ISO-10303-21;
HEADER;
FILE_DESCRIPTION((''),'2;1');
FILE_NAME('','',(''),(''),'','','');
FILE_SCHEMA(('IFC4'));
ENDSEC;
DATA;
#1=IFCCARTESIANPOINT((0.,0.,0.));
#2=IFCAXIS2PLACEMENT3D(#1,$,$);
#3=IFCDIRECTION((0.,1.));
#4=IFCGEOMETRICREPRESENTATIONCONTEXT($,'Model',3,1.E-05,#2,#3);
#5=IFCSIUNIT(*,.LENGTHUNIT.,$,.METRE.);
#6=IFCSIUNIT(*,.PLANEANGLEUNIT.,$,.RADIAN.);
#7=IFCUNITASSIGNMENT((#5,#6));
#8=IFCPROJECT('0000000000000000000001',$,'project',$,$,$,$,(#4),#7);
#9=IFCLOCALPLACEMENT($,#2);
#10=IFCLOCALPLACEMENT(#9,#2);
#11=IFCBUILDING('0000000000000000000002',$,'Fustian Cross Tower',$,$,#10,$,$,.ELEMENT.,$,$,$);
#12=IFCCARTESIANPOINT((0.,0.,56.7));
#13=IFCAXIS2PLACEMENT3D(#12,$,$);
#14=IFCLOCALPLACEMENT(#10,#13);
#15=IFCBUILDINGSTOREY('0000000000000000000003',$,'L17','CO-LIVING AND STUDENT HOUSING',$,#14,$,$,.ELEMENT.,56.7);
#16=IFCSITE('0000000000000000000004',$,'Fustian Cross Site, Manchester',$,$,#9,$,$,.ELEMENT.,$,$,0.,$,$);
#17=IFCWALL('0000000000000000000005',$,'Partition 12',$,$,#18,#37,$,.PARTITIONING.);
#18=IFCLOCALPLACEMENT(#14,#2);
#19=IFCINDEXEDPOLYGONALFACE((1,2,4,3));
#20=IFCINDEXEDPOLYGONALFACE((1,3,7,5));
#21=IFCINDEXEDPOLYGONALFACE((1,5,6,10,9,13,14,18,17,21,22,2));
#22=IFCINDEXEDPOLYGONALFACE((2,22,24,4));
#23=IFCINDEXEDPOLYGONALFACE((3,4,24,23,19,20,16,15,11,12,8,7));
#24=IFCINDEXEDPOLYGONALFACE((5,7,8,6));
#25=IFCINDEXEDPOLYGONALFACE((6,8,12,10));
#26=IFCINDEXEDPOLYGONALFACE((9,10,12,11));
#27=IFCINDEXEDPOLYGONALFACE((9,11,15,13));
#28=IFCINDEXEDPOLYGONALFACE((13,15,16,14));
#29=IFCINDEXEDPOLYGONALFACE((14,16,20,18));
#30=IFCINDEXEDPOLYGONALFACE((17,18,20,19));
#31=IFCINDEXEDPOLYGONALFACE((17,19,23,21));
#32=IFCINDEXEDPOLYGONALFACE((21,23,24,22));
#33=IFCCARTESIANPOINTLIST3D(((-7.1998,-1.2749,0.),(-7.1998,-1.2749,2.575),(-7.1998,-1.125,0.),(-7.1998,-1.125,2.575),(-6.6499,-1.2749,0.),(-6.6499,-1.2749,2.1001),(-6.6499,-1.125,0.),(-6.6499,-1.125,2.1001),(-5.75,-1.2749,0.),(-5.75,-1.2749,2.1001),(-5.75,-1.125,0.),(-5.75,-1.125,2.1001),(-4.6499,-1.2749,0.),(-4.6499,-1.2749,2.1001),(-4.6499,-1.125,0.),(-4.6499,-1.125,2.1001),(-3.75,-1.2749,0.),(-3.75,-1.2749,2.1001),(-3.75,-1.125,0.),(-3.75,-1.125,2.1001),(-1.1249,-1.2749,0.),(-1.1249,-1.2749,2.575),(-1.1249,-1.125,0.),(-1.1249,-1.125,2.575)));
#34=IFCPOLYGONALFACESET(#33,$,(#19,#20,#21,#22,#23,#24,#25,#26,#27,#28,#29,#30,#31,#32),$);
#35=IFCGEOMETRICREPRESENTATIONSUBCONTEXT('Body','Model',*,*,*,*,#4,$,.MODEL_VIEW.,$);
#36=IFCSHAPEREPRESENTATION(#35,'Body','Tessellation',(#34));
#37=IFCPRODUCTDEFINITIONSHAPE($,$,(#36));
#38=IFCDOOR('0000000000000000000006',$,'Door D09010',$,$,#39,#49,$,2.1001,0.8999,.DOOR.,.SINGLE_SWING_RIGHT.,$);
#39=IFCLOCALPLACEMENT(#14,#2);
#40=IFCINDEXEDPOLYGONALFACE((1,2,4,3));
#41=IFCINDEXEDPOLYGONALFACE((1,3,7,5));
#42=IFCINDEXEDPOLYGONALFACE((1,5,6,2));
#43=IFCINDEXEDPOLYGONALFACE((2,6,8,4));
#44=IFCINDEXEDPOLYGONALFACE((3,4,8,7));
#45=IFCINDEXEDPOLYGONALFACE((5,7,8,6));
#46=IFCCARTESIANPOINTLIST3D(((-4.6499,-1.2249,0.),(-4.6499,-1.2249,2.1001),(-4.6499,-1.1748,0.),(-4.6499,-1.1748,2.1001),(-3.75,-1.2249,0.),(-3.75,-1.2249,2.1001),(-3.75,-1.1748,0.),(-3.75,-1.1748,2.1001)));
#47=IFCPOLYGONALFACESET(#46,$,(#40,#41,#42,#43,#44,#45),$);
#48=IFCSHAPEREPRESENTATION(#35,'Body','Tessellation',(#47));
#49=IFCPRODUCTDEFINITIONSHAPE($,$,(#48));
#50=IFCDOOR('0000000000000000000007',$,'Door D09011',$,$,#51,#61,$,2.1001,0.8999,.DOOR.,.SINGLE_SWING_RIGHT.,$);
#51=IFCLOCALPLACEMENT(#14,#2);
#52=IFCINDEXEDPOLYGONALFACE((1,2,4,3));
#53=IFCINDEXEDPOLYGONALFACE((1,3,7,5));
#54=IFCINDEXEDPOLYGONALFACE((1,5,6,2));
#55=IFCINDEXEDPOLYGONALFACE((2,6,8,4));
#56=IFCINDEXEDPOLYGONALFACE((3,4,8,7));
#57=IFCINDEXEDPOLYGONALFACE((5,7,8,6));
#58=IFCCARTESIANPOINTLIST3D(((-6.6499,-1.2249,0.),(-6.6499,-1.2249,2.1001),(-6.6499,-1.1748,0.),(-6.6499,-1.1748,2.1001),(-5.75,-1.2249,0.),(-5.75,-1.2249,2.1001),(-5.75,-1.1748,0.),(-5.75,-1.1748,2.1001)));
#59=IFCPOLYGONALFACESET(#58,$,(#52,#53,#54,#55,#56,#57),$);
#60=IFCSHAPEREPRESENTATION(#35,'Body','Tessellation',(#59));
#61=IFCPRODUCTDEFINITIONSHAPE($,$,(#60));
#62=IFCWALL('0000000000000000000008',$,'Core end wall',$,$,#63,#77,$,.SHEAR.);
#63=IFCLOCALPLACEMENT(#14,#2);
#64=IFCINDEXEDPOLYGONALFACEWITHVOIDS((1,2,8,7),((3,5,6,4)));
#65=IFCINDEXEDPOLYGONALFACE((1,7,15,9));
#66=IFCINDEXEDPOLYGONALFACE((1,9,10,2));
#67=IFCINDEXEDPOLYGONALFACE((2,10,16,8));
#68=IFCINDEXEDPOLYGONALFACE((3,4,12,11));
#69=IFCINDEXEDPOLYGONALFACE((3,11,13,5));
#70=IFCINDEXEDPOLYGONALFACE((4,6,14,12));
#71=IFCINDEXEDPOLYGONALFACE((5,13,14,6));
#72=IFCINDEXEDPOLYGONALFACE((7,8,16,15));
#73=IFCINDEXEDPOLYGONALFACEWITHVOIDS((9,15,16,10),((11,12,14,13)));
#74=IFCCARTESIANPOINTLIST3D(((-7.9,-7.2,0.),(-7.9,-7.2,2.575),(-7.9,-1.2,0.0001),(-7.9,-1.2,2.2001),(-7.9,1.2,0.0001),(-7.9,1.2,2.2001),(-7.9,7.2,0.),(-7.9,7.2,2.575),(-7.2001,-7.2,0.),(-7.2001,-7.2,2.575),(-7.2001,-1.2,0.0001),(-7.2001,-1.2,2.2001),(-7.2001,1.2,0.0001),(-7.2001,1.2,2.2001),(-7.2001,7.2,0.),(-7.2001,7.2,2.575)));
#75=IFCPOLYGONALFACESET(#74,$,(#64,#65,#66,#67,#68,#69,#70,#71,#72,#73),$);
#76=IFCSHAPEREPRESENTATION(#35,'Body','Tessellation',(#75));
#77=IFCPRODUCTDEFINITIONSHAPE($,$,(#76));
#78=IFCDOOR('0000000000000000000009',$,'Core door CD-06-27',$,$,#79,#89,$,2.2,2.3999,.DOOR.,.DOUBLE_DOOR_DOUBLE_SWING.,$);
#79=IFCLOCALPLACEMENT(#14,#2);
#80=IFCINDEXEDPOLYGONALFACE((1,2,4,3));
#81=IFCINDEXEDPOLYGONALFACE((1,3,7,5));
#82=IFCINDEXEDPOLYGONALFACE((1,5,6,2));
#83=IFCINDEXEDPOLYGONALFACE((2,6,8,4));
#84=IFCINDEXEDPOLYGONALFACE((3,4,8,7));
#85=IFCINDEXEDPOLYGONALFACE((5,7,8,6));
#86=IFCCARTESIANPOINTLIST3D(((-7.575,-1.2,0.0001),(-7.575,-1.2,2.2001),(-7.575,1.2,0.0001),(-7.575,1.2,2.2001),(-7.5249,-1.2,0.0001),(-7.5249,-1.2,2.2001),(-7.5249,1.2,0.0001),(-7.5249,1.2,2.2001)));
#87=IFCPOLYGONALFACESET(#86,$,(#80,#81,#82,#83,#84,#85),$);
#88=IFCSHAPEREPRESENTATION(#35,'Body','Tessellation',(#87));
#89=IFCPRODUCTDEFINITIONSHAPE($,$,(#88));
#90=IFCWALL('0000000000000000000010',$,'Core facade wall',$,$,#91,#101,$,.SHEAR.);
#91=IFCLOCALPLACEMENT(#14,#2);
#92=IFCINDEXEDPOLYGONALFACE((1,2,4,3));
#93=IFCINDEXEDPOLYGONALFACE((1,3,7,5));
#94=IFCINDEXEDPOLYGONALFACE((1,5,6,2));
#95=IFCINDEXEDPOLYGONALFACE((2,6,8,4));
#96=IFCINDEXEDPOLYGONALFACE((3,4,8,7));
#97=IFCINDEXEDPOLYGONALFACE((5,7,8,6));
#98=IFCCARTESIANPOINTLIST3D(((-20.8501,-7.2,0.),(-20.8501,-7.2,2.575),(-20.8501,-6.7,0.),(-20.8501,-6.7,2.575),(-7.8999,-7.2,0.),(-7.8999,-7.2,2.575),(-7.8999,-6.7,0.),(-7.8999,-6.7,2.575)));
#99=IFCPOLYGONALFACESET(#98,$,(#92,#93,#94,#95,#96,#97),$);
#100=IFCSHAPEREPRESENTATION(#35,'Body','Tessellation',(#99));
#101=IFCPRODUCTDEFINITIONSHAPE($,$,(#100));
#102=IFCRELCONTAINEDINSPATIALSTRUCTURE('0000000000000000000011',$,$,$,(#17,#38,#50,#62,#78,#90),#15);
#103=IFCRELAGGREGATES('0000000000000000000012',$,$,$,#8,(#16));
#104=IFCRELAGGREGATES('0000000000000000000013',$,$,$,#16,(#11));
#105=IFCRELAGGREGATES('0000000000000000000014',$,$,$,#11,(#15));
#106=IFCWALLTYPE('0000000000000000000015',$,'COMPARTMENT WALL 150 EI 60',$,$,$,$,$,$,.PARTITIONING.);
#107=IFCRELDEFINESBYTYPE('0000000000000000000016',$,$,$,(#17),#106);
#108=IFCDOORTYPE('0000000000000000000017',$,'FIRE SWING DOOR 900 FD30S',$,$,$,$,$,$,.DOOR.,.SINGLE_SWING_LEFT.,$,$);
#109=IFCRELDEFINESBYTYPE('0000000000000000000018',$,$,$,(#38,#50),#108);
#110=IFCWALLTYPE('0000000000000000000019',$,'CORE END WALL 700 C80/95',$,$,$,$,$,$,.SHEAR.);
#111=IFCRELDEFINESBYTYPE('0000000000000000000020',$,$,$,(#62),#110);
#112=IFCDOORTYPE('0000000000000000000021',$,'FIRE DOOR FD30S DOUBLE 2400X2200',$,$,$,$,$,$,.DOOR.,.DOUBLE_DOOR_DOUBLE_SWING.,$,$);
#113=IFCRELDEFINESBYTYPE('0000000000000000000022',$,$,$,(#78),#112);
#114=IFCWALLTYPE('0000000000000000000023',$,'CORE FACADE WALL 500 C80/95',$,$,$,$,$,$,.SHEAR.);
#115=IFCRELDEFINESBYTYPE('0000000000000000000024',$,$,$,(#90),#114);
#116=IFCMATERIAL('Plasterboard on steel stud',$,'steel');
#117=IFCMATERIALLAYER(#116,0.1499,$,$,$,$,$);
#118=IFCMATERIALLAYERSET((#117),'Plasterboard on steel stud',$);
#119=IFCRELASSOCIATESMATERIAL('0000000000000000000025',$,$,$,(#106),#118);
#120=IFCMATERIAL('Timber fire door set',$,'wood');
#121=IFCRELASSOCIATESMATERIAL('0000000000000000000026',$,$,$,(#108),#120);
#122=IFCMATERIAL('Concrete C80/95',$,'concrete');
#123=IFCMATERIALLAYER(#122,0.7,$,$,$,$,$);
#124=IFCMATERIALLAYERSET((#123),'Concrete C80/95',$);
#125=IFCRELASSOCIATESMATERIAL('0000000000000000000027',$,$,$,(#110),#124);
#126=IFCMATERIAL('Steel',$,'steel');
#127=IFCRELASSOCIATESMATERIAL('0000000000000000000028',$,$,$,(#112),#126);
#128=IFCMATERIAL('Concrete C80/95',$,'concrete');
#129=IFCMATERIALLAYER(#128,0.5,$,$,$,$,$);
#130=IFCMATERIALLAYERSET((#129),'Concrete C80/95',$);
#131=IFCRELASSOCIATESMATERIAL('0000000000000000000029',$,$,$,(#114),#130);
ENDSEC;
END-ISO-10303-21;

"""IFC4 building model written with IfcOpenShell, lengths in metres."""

from ifc_helpers import new_model, si_unit, direction, frame, frame_2d, origin, place, context, subcontext, project, spatial, rectangle, extrude, material, layer, layer_set, type_object, element, fill, save


model = new_model("IFC4")

# Units and contexts
model_context = context("Model", 3, precision=1e-05, world=origin(), true_north=direction((0.0, 1.0)))
body_context = subcontext(model_context, "Body", "Model", "MODEL_VIEW")
ifc_project = project(units=[si_unit("LENGTHUNIT", "METRE"), si_unit("PLANEANGLEUNIT", "RADIAN")], contexts=[model_context])

# Site, building, storey
site_placement = place(None, origin())
site = spatial("IfcSite", under=ifc_project, at=site_placement, Name="Fustian Cross Site, Manchester", CompositionType="ELEMENT", RefElevation=0.0)
building_placement = place(site_placement, origin())
building = spatial("IfcBuilding", under=site, at=building_placement, Name="Fustian Cross Tower", CompositionType="ELEMENT")
storey_placement = place(building_placement, frame((0.0, 0.0, 56.7)))
storey = spatial("IfcBuildingStorey", under=building, at=storey_placement, Name="L17", Description="CO-LIVING AND STUDENT HOUSING", CompositionType="ELEMENT", Elevation=56.7)

# Wall, openings, doors
ifc_material_1 = material(Name="Plasterboard on steel stud", Category="steel")
ifc_layer_1 = layer(ifc_material_1, 0.1499)
ifc_layer_set_1 = layer_set([ifc_layer_1], Name="Plasterboard on steel stud")
wall_type_1 = type_object("IfcWallType", Name="COMPARTMENT WALL 150 EI 60", PredefinedType="PARTITIONING", material=ifc_layer_set_1)
wall_1_placement = place(storey_placement, frame((-7.2, -1.2, 0.0), z_axis=(0.0, 0.0, 1.0), x_axis=(1.0, 0.0, 0.0)))
wall_1 = element("IfcWall", 1, at=wall_1_placement, inside=storey, type_object=wall_type_1, Name="Partition 12", PredefinedType="PARTITIONING", context=body_context, shape_type="SweptSolid", body=[
    extrude(rectangle(XDim=6.075, YDim=0.1499, at=frame_2d((3.0376, 0.0))), origin(), (0.0, 0.0, 1.0), 2.575),
])
opening_1_placement = place(wall_1_placement, frame((2.55, 0.0, 0.0)))
opening_1 = element("IfcOpeningElement", 2, at=opening_1_placement, cuts=wall_1, PredefinedType="OPENING", context=body_context, shape_type="SweptSolid", body=[
    extrude(rectangle(XDim=0.8999, YDim=2.1001, at=frame_2d((0.45, 1.05))), frame((0.0, 0.085, 0.0), z_axis=(0.0, -1.0, 0.0), x_axis=(1.0, 0.0, 0.0)), (0.0, 0.0, 1.0), 0.1699),
])
opening_2_placement = place(wall_1_placement, frame((0.55, 0.0, 0.0)))
opening_2 = element("IfcOpeningElement", 3, at=opening_2_placement, cuts=wall_1, PredefinedType="OPENING", context=body_context, shape_type="SweptSolid", body=[
    extrude(rectangle(XDim=0.8999, YDim=2.1001, at=frame_2d((0.45, 1.05))), frame((0.0, 0.085, 0.0), z_axis=(0.0, -1.0, 0.0), x_axis=(1.0, 0.0, 0.0)), (0.0, 0.0, 1.0), 0.1699),
])
ifc_material_2 = material(Name="Timber fire door set", Category="wood")
door_type_1 = type_object("IfcDoorType", Name="FIRE SWING DOOR 900 FD30S", OperationType="SINGLE_SWING_LEFT", PredefinedType="DOOR", material=ifc_material_2)
door_1_placement = place(opening_1_placement, frame((0.8999, 0.0, 0.0), z_axis=(0.0, 0.0, 1.0), x_axis=(-1.0, 0.0, 0.0)))
door_1 = element("IfcDoor", 4, at=door_1_placement, inside=storey, type_object=door_type_1, Name="Door D09010", OperationType="SINGLE_SWING_RIGHT", OverallHeight=2.1001, OverallWidth=0.8999, PredefinedType="DOOR", context=body_context, shape_type="SweptSolid", body=[
    extrude(rectangle(XDim=0.8999, YDim=2.1001, at=frame_2d((0.45, 1.05))), frame((0.0, 0.0249, 0.0), z_axis=(0.0, -1.0, 0.0), x_axis=(1.0, 0.0, 0.0)), (0.0, 0.0, 1.0), 0.05),
])
fill(opening_1, door_1)
door_2_placement = place(opening_2_placement, frame((0.8999, 0.0, 0.0), z_axis=(0.0, 0.0, 1.0), x_axis=(-1.0, 0.0, 0.0)))
door_2 = element("IfcDoor", 5, at=door_2_placement, inside=storey, type_object=door_type_1, Name="Door D09011", OperationType="SINGLE_SWING_RIGHT", OverallHeight=2.1001, OverallWidth=0.8999, PredefinedType="DOOR", context=body_context, shape_type="SweptSolid", body=[
    extrude(rectangle(XDim=0.8999, YDim=2.1001, at=frame_2d((0.45, 1.05))), frame((0.0, 0.0249, 0.0), z_axis=(0.0, -1.0, 0.0), x_axis=(1.0, 0.0, 0.0)), (0.0, 0.0, 1.0), 0.05),
])
fill(opening_2, door_2)

# Wall, opening, door
ifc_material_3 = material(Name="Concrete C80/95", Category="concrete")
ifc_layer_2 = layer(ifc_material_3, 0.7)
ifc_layer_set_2 = layer_set([ifc_layer_2], Name="Concrete C80/95")
wall_type_2 = type_object("IfcWallType", Name="CORE END WALL 700 C80/95", PredefinedType="SHEAR", material=ifc_layer_set_2)
wall_2_placement = place(storey_placement, frame((-7.55, -7.2, 0.0), z_axis=(0.0, 0.0, 1.0), x_axis=(0.0, 1.0, 0.0)))
wall_2 = element("IfcWall", 6, at=wall_2_placement, inside=storey, type_object=wall_type_2, Name="Core end wall", PredefinedType="SHEAR", context=body_context, shape_type="SweptSolid", body=[
    extrude(rectangle(XDim=14.3999, YDim=0.7, at=frame_2d((7.2, 0.0))), origin(), (0.0, 0.0, 1.0), 2.575),
])
opening_3_placement = place(wall_2_placement, frame((6.0, 0.0, 0.0)))
opening_3 = element("IfcOpeningElement", 7, at=opening_3_placement, cuts=wall_2, PredefinedType="OPENING", context=body_context, shape_type="SweptSolid", body=[
    extrude(rectangle(XDim=2.3999, YDim=2.2, at=frame_2d((1.2, 1.1001))), frame((0.0, 0.3599, 0.0), z_axis=(0.0, -1.0, 0.0), x_axis=(1.0, 0.0, 0.0)), (0.0, 0.0, 1.0), 0.72),
])
ifc_material_4 = material(Name="Steel", Category="steel")
door_type_2 = type_object("IfcDoorType", Name="FIRE DOOR FD30S DOUBLE 2400X2200", OperationType="DOUBLE_DOOR_DOUBLE_SWING", PredefinedType="DOOR", material=ifc_material_4)
door_3_placement = place(opening_3_placement, origin())
door_3 = element("IfcDoor", 8, at=door_3_placement, inside=storey, type_object=door_type_2, Name="Core door CD-06-27", OperationType="DOUBLE_DOOR_DOUBLE_SWING", OverallHeight=2.2, OverallWidth=2.3999, PredefinedType="DOOR", context=body_context, shape_type="SweptSolid", body=[
    extrude(rectangle(XDim=2.3999, YDim=2.2, at=frame_2d((1.2, 1.1001))), frame((0.0, 0.0249, 0.0), z_axis=(0.0, -1.0, 0.0), x_axis=(1.0, 0.0, 0.0)), (0.0, 0.0, 1.0), 0.05),
])
fill(opening_3, door_3)

# Wall
ifc_material_5 = material(Name="Concrete C80/95", Category="concrete")
ifc_layer_3 = layer(ifc_material_5, 0.5)
ifc_layer_set_3 = layer_set([ifc_layer_3], Name="Concrete C80/95")
wall_type_3 = type_object("IfcWallType", Name="CORE FACADE WALL 500 C80/95", PredefinedType="SHEAR", material=ifc_layer_set_3)
wall_3_placement = place(storey_placement, frame((-7.8999, -6.95, 0.0), z_axis=(0.0, 0.0, 1.0), x_axis=(-1.0, 0.0, 0.0)))
element("IfcWall", 9, at=wall_3_placement, inside=storey, type_object=wall_type_3, Name="Core facade wall", PredefinedType="SHEAR", context=body_context, shape_type="SweptSolid", body=[
    extrude(rectangle(XDim=12.9502, YDim=0.5, at=frame_2d((6.4751, 0.0))), origin(), (0.0, 0.0, 1.0), 2.575),
])

save(model, "model.ifc")
